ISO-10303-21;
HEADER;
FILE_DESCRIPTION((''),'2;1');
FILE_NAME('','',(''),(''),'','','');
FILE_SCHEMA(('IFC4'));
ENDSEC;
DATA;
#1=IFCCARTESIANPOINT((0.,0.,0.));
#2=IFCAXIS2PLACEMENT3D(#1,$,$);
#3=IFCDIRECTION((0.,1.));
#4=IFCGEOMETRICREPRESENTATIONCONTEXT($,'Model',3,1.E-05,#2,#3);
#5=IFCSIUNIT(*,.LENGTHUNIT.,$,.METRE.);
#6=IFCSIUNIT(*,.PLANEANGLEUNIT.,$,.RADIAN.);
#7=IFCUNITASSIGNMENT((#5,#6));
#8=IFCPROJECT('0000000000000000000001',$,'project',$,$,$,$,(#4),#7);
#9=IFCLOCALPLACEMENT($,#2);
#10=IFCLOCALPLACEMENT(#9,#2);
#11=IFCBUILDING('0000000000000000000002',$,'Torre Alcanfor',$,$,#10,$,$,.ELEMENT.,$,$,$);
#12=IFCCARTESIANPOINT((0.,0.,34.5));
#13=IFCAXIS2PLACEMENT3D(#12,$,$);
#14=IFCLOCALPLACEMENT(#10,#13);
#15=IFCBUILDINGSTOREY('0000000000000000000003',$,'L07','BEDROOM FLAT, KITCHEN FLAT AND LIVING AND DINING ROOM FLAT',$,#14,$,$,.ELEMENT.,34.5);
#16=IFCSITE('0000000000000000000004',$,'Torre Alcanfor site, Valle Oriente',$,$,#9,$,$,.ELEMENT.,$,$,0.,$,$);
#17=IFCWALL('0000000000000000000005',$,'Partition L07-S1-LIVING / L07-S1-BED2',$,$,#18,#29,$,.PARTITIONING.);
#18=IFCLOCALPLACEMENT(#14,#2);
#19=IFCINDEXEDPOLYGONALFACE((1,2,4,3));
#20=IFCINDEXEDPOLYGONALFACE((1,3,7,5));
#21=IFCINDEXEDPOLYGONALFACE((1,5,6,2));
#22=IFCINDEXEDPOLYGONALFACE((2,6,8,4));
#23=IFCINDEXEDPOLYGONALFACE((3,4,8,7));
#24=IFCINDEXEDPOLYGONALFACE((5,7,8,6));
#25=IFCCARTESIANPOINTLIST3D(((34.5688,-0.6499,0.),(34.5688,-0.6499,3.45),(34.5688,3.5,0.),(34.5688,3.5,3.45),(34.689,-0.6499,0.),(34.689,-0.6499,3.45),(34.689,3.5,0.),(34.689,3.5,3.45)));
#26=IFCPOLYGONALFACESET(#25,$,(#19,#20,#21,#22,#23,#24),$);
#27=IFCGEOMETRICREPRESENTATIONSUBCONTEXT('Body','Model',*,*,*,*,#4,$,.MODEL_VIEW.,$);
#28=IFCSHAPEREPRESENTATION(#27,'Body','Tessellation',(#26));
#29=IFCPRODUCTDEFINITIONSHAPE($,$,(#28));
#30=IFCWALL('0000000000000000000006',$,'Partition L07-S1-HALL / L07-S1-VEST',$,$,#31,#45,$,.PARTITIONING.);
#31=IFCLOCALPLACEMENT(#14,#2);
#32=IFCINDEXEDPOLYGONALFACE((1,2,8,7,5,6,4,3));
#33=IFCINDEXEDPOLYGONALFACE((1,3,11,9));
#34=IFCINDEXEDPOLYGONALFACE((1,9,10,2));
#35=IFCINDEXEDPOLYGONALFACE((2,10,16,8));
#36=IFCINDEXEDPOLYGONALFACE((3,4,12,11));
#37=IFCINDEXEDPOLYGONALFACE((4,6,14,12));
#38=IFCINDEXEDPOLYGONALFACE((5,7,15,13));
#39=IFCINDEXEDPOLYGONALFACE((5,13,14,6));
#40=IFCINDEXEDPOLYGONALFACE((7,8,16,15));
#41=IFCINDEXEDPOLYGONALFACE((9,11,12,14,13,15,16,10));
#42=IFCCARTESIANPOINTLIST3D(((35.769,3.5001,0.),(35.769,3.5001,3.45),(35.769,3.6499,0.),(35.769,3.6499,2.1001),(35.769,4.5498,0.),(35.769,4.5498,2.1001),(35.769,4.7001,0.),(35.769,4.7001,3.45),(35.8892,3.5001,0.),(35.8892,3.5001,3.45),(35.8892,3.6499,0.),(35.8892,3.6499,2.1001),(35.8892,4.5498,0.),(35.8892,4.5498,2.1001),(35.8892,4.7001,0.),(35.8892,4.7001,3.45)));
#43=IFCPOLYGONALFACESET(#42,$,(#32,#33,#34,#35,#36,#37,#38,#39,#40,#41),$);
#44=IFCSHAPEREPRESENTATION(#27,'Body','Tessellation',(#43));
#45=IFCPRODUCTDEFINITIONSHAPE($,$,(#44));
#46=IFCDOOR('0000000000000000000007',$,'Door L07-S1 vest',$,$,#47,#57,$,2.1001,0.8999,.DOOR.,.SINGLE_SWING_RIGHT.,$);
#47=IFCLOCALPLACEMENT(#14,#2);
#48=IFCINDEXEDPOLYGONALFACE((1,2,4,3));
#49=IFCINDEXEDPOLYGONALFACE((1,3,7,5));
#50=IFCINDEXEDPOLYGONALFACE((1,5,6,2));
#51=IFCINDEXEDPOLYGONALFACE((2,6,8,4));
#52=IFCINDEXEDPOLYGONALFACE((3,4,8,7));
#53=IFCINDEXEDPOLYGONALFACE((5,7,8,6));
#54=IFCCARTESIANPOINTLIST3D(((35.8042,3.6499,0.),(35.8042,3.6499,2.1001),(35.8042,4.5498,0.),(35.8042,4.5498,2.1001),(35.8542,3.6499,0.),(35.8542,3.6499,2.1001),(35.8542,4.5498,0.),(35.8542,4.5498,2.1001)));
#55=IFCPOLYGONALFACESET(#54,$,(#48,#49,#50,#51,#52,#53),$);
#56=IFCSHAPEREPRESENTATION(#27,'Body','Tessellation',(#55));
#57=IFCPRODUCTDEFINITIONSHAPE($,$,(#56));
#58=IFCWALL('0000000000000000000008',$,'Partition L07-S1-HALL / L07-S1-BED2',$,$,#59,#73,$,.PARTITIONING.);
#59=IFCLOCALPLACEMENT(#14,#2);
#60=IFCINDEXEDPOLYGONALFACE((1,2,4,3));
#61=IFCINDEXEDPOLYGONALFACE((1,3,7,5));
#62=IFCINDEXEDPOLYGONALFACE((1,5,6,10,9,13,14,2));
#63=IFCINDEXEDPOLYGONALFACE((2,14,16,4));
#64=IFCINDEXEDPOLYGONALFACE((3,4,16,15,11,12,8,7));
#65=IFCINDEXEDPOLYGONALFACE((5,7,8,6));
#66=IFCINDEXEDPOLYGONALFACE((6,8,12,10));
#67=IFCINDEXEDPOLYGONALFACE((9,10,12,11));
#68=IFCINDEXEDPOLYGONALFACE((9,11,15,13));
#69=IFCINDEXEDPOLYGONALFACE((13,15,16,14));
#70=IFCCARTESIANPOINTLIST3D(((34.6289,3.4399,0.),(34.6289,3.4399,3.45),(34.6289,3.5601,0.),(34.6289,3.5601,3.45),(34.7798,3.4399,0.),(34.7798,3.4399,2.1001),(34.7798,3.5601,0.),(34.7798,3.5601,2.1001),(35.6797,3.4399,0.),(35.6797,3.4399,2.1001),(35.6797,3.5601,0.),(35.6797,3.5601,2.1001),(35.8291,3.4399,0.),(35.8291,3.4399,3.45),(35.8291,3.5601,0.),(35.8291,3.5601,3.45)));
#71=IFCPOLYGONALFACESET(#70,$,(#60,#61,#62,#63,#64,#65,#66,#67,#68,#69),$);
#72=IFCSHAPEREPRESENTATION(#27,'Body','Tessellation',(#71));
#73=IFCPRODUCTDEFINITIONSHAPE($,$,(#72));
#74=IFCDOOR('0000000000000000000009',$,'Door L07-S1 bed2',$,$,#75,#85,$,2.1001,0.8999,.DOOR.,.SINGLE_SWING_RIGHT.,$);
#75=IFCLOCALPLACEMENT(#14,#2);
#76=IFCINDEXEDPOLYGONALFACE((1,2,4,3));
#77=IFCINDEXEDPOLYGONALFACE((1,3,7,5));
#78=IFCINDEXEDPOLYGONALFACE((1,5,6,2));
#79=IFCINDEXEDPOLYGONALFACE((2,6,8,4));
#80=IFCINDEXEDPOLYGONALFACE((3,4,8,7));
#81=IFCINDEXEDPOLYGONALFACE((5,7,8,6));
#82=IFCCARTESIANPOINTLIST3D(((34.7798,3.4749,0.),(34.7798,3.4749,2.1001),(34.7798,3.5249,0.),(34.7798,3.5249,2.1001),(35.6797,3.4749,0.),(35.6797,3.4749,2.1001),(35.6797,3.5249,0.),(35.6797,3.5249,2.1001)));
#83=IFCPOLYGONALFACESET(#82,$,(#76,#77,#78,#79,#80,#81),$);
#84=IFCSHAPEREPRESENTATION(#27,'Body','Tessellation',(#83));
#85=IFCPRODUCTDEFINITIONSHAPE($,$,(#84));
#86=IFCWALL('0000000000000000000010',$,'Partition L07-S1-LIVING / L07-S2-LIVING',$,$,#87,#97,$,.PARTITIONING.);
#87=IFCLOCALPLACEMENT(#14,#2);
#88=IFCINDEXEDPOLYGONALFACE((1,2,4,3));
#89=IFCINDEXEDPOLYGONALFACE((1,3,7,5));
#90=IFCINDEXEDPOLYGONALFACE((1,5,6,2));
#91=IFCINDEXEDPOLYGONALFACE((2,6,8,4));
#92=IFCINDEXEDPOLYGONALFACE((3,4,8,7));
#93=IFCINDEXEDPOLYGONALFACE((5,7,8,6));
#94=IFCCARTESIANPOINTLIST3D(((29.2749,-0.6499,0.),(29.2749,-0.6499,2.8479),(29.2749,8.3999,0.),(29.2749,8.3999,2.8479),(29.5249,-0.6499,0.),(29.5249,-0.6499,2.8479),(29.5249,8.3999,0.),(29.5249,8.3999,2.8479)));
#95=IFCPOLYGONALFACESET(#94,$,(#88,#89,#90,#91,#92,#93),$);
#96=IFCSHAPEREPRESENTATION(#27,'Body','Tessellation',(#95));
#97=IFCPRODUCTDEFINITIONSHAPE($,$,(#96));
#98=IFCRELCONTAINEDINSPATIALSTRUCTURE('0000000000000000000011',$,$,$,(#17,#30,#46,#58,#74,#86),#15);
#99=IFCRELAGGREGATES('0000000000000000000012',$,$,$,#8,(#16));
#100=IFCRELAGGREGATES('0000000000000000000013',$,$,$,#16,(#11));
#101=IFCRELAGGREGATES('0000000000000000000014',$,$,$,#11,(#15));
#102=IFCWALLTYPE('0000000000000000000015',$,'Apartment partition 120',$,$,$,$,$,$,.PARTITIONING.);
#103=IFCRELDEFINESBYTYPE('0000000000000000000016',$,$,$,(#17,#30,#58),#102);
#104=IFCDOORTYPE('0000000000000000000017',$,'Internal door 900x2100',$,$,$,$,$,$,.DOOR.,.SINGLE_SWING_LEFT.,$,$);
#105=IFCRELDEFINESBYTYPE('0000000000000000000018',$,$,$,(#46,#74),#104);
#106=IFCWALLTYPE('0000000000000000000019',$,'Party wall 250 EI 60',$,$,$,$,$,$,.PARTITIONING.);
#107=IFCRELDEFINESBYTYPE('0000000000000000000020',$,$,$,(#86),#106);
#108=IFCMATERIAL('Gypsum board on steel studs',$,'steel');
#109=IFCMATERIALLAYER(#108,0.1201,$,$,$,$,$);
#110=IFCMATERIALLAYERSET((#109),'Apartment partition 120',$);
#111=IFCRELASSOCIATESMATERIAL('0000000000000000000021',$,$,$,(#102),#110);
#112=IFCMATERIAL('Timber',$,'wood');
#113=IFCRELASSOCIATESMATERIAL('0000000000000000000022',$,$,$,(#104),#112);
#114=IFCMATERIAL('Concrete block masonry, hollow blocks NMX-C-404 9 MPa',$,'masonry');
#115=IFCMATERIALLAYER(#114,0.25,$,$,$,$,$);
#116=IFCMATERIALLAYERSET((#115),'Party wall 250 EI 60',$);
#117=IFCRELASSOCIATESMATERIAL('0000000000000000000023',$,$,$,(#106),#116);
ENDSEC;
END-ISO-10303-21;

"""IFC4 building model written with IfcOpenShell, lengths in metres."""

from ifc_helpers import new_model, si_unit, direction, frame, frame_2d, origin, place, context, subcontext, project, spatial, rectangle, extrude, material, layer, layer_set, type_object, element, fill, save


model = new_model("IFC4")

# Units and contexts
model_context = context("Model", 3, precision=1e-05, world=origin(), true_north=direction((0.0, 1.0)))
body_context = subcontext(model_context, "Body", "Model", "MODEL_VIEW")
ifc_project = project(units=[si_unit("LENGTHUNIT", "METRE"), si_unit("PLANEANGLEUNIT", "RADIAN")], contexts=[model_context])

# Site, building, storey
site_placement = place(None, origin())
site = spatial("IfcSite", under=ifc_project, at=site_placement, Name="Torre Alcanfor site, Valle Oriente", CompositionType="ELEMENT", RefElevation=0.0)
building_placement = place(site_placement, origin())
building = spatial("IfcBuilding", under=site, at=building_placement, Name="Torre Alcanfor", CompositionType="ELEMENT")
storey_placement = place(building_placement, frame((0.0, 0.0, 34.5)))
storey = spatial("IfcBuildingStorey", under=building, at=storey_placement, Name="L07", Description="BEDROOM FLAT, KITCHEN FLAT AND LIVING AND DINING ROOM FLAT", CompositionType="ELEMENT", Elevation=34.5)

# Shared definitions
ifc_material_1 = material(Name="Gypsum board on steel studs", Category="steel")
ifc_layer_1 = layer(ifc_material_1, 0.1201)
ifc_layer_set_1 = layer_set([ifc_layer_1], Name="Apartment partition 120")
wall_type_1 = type_object("IfcWallType", Name="Apartment partition 120", PredefinedType="PARTITIONING", material=ifc_layer_set_1)
ifc_material_2 = material(Name="Timber", Category="wood")
door_type = type_object("IfcDoorType", Name="Internal door 900x2100", OperationType="SINGLE_SWING_LEFT", PredefinedType="DOOR", material=ifc_material_2)

# Wall
wall_1_placement = place(storey_placement, frame((34.6289, -0.6499, 0.0), z_axis=(0.0, 0.0, 1.0), x_axis=(0.0, 1.0, 0.0)))
element("IfcWall", 1, at=wall_1_placement, inside=storey, type_object=wall_type_1, Name="Partition L07-S1-LIVING / L07-S1-BED2", PredefinedType="PARTITIONING", context=body_context, shape_type="SweptSolid", body=[
    extrude(rectangle(XDim=4.1499, YDim=0.1201, at=frame_2d((2.075, 0.0))), origin(), (0.0, 0.0, 1.0), 3.45),
])

# Walls, openings, doors
wall_2_placement = place(storey_placement, frame((35.8291, 3.5, 0.0), z_axis=(0.0, 0.0, 1.0), x_axis=(0.0, 1.0, 0.0)))
wall_2 = element("IfcWall", 2, at=wall_2_placement, inside=storey, type_object=wall_type_1, Name="Partition L07-S1-HALL / L07-S1-VEST", PredefinedType="PARTITIONING", context=body_context, shape_type="SweptSolid", body=[
    extrude(rectangle(XDim=1.2, YDim=0.1201, at=frame_2d((0.6001, 0.0))), origin(), (0.0, 0.0, 1.0), 3.45),
])
opening_1_placement = place(wall_2_placement, frame((0.1499, 0.0, 0.0)))
opening_1 = element("IfcOpeningElement", 3, at=opening_1_placement, cuts=wall_2, PredefinedType="OPENING", context=body_context, shape_type="SweptSolid", body=[
    extrude(rectangle(XDim=0.8999, YDim=2.1001, at=frame_2d((0.45, 1.05))), frame((0.0, 0.0701, 0.0), z_axis=(0.0, -1.0, 0.0), x_axis=(1.0, 0.0, 0.0)), (0.0, 0.0, 1.0), 0.1401),
])
door_1_placement = place(opening_1_placement, frame((0.8999, 0.0, 0.0), z_axis=(0.0, 0.0, 1.0), x_axis=(-1.0, 0.0, 0.0)))
door_1 = element("IfcDoor", 4, at=door_1_placement, inside=storey, type_object=door_type, Name="Door L07-S1 vest", OperationType="SINGLE_SWING_RIGHT", OverallHeight=2.1001, OverallWidth=0.8999, PredefinedType="DOOR", context=body_context, shape_type="SweptSolid", body=[
    extrude(rectangle(XDim=0.8999, YDim=2.1001, at=frame_2d((0.45, 1.05))), frame((0.0, 0.0251, 0.0), z_axis=(0.0, -1.0, 0.0), x_axis=(1.0, 0.0, 0.0)), (0.0, 0.0, 1.0), 0.05),
])
fill(opening_1, door_1)
wall_3_placement = place(storey_placement, frame((34.6289, 3.5, 0.0), z_axis=(0.0, 0.0, 1.0), x_axis=(1.0, 0.0, 0.0)))
wall_3 = element("IfcWall", 5, at=wall_3_placement, inside=storey, type_object=wall_type_1, Name="Partition L07-S1-HALL / L07-S1-BED2", PredefinedType="PARTITIONING", context=body_context, shape_type="SweptSolid", body=[
    extrude(rectangle(XDim=1.2002, YDim=0.1201, at=frame_2d((0.6001, 0.0))), origin(), (0.0, 0.0, 1.0), 3.45),
])
opening_2_placement = place(wall_3_placement, frame((0.1509, 0.0, 0.0)))
opening_2 = element("IfcOpeningElement", 6, at=opening_2_placement, cuts=wall_3, PredefinedType="OPENING", context=body_context, shape_type="SweptSolid", body=[
    extrude(rectangle(XDim=0.8999, YDim=2.1001, at=frame_2d((0.45, 1.05))), frame((0.0, 0.0701, 0.0), z_axis=(0.0, -1.0, 0.0), x_axis=(1.0, 0.0, 0.0)), (0.0, 0.0, 1.0), 0.1401),
])
door_2_placement = place(opening_2_placement, frame((0.8999, 0.0, 0.0), z_axis=(0.0, 0.0, 1.0), x_axis=(-1.0, 0.0, 0.0)))
door_2 = element("IfcDoor", 7, at=door_2_placement, inside=storey, type_object=door_type, Name="Door L07-S1 bed2", OperationType="SINGLE_SWING_RIGHT", OverallHeight=2.1001, OverallWidth=0.8999, PredefinedType="DOOR", context=body_context, shape_type="SweptSolid", body=[
    extrude(rectangle(XDim=0.8999, YDim=2.1001, at=frame_2d((0.45, 1.05))), frame((0.0, 0.0251, 0.0), z_axis=(0.0, -1.0, 0.0), x_axis=(1.0, 0.0, 0.0)), (0.0, 0.0, 1.0), 0.05),
])
fill(opening_2, door_2)

# Wall
ifc_material_3 = material(Name="Concrete block masonry, hollow blocks NMX-C-404 9 MPa", Category="masonry")
ifc_layer_2 = layer(ifc_material_3, 0.25)
ifc_layer_set_2 = layer_set([ifc_layer_2], Name="Party wall 250 EI 60")
wall_type_2 = type_object("IfcWallType", Name="Party wall 250 EI 60", PredefinedType="PARTITIONING", material=ifc_layer_set_2)
wall_4_placement = place(storey_placement, frame((29.3999, 8.3999, 0.0), z_axis=(0.0, 0.0, 1.0), x_axis=(0.0, -1.0, 0.0)))
element("IfcWall", 8, at=wall_4_placement, inside=storey, type_object=wall_type_2, Name="Partition L07-S1-LIVING / L07-S2-LIVING", PredefinedType="PARTITIONING", context=body_context, shape_type="SweptSolid", body=[
    extrude(rectangle(XDim=9.0498, YDim=0.25, at=frame_2d((4.5249, 0.0))), origin(), (0.0, 0.0, 1.0), 2.8479),
])

save(model, "model.ifc")
